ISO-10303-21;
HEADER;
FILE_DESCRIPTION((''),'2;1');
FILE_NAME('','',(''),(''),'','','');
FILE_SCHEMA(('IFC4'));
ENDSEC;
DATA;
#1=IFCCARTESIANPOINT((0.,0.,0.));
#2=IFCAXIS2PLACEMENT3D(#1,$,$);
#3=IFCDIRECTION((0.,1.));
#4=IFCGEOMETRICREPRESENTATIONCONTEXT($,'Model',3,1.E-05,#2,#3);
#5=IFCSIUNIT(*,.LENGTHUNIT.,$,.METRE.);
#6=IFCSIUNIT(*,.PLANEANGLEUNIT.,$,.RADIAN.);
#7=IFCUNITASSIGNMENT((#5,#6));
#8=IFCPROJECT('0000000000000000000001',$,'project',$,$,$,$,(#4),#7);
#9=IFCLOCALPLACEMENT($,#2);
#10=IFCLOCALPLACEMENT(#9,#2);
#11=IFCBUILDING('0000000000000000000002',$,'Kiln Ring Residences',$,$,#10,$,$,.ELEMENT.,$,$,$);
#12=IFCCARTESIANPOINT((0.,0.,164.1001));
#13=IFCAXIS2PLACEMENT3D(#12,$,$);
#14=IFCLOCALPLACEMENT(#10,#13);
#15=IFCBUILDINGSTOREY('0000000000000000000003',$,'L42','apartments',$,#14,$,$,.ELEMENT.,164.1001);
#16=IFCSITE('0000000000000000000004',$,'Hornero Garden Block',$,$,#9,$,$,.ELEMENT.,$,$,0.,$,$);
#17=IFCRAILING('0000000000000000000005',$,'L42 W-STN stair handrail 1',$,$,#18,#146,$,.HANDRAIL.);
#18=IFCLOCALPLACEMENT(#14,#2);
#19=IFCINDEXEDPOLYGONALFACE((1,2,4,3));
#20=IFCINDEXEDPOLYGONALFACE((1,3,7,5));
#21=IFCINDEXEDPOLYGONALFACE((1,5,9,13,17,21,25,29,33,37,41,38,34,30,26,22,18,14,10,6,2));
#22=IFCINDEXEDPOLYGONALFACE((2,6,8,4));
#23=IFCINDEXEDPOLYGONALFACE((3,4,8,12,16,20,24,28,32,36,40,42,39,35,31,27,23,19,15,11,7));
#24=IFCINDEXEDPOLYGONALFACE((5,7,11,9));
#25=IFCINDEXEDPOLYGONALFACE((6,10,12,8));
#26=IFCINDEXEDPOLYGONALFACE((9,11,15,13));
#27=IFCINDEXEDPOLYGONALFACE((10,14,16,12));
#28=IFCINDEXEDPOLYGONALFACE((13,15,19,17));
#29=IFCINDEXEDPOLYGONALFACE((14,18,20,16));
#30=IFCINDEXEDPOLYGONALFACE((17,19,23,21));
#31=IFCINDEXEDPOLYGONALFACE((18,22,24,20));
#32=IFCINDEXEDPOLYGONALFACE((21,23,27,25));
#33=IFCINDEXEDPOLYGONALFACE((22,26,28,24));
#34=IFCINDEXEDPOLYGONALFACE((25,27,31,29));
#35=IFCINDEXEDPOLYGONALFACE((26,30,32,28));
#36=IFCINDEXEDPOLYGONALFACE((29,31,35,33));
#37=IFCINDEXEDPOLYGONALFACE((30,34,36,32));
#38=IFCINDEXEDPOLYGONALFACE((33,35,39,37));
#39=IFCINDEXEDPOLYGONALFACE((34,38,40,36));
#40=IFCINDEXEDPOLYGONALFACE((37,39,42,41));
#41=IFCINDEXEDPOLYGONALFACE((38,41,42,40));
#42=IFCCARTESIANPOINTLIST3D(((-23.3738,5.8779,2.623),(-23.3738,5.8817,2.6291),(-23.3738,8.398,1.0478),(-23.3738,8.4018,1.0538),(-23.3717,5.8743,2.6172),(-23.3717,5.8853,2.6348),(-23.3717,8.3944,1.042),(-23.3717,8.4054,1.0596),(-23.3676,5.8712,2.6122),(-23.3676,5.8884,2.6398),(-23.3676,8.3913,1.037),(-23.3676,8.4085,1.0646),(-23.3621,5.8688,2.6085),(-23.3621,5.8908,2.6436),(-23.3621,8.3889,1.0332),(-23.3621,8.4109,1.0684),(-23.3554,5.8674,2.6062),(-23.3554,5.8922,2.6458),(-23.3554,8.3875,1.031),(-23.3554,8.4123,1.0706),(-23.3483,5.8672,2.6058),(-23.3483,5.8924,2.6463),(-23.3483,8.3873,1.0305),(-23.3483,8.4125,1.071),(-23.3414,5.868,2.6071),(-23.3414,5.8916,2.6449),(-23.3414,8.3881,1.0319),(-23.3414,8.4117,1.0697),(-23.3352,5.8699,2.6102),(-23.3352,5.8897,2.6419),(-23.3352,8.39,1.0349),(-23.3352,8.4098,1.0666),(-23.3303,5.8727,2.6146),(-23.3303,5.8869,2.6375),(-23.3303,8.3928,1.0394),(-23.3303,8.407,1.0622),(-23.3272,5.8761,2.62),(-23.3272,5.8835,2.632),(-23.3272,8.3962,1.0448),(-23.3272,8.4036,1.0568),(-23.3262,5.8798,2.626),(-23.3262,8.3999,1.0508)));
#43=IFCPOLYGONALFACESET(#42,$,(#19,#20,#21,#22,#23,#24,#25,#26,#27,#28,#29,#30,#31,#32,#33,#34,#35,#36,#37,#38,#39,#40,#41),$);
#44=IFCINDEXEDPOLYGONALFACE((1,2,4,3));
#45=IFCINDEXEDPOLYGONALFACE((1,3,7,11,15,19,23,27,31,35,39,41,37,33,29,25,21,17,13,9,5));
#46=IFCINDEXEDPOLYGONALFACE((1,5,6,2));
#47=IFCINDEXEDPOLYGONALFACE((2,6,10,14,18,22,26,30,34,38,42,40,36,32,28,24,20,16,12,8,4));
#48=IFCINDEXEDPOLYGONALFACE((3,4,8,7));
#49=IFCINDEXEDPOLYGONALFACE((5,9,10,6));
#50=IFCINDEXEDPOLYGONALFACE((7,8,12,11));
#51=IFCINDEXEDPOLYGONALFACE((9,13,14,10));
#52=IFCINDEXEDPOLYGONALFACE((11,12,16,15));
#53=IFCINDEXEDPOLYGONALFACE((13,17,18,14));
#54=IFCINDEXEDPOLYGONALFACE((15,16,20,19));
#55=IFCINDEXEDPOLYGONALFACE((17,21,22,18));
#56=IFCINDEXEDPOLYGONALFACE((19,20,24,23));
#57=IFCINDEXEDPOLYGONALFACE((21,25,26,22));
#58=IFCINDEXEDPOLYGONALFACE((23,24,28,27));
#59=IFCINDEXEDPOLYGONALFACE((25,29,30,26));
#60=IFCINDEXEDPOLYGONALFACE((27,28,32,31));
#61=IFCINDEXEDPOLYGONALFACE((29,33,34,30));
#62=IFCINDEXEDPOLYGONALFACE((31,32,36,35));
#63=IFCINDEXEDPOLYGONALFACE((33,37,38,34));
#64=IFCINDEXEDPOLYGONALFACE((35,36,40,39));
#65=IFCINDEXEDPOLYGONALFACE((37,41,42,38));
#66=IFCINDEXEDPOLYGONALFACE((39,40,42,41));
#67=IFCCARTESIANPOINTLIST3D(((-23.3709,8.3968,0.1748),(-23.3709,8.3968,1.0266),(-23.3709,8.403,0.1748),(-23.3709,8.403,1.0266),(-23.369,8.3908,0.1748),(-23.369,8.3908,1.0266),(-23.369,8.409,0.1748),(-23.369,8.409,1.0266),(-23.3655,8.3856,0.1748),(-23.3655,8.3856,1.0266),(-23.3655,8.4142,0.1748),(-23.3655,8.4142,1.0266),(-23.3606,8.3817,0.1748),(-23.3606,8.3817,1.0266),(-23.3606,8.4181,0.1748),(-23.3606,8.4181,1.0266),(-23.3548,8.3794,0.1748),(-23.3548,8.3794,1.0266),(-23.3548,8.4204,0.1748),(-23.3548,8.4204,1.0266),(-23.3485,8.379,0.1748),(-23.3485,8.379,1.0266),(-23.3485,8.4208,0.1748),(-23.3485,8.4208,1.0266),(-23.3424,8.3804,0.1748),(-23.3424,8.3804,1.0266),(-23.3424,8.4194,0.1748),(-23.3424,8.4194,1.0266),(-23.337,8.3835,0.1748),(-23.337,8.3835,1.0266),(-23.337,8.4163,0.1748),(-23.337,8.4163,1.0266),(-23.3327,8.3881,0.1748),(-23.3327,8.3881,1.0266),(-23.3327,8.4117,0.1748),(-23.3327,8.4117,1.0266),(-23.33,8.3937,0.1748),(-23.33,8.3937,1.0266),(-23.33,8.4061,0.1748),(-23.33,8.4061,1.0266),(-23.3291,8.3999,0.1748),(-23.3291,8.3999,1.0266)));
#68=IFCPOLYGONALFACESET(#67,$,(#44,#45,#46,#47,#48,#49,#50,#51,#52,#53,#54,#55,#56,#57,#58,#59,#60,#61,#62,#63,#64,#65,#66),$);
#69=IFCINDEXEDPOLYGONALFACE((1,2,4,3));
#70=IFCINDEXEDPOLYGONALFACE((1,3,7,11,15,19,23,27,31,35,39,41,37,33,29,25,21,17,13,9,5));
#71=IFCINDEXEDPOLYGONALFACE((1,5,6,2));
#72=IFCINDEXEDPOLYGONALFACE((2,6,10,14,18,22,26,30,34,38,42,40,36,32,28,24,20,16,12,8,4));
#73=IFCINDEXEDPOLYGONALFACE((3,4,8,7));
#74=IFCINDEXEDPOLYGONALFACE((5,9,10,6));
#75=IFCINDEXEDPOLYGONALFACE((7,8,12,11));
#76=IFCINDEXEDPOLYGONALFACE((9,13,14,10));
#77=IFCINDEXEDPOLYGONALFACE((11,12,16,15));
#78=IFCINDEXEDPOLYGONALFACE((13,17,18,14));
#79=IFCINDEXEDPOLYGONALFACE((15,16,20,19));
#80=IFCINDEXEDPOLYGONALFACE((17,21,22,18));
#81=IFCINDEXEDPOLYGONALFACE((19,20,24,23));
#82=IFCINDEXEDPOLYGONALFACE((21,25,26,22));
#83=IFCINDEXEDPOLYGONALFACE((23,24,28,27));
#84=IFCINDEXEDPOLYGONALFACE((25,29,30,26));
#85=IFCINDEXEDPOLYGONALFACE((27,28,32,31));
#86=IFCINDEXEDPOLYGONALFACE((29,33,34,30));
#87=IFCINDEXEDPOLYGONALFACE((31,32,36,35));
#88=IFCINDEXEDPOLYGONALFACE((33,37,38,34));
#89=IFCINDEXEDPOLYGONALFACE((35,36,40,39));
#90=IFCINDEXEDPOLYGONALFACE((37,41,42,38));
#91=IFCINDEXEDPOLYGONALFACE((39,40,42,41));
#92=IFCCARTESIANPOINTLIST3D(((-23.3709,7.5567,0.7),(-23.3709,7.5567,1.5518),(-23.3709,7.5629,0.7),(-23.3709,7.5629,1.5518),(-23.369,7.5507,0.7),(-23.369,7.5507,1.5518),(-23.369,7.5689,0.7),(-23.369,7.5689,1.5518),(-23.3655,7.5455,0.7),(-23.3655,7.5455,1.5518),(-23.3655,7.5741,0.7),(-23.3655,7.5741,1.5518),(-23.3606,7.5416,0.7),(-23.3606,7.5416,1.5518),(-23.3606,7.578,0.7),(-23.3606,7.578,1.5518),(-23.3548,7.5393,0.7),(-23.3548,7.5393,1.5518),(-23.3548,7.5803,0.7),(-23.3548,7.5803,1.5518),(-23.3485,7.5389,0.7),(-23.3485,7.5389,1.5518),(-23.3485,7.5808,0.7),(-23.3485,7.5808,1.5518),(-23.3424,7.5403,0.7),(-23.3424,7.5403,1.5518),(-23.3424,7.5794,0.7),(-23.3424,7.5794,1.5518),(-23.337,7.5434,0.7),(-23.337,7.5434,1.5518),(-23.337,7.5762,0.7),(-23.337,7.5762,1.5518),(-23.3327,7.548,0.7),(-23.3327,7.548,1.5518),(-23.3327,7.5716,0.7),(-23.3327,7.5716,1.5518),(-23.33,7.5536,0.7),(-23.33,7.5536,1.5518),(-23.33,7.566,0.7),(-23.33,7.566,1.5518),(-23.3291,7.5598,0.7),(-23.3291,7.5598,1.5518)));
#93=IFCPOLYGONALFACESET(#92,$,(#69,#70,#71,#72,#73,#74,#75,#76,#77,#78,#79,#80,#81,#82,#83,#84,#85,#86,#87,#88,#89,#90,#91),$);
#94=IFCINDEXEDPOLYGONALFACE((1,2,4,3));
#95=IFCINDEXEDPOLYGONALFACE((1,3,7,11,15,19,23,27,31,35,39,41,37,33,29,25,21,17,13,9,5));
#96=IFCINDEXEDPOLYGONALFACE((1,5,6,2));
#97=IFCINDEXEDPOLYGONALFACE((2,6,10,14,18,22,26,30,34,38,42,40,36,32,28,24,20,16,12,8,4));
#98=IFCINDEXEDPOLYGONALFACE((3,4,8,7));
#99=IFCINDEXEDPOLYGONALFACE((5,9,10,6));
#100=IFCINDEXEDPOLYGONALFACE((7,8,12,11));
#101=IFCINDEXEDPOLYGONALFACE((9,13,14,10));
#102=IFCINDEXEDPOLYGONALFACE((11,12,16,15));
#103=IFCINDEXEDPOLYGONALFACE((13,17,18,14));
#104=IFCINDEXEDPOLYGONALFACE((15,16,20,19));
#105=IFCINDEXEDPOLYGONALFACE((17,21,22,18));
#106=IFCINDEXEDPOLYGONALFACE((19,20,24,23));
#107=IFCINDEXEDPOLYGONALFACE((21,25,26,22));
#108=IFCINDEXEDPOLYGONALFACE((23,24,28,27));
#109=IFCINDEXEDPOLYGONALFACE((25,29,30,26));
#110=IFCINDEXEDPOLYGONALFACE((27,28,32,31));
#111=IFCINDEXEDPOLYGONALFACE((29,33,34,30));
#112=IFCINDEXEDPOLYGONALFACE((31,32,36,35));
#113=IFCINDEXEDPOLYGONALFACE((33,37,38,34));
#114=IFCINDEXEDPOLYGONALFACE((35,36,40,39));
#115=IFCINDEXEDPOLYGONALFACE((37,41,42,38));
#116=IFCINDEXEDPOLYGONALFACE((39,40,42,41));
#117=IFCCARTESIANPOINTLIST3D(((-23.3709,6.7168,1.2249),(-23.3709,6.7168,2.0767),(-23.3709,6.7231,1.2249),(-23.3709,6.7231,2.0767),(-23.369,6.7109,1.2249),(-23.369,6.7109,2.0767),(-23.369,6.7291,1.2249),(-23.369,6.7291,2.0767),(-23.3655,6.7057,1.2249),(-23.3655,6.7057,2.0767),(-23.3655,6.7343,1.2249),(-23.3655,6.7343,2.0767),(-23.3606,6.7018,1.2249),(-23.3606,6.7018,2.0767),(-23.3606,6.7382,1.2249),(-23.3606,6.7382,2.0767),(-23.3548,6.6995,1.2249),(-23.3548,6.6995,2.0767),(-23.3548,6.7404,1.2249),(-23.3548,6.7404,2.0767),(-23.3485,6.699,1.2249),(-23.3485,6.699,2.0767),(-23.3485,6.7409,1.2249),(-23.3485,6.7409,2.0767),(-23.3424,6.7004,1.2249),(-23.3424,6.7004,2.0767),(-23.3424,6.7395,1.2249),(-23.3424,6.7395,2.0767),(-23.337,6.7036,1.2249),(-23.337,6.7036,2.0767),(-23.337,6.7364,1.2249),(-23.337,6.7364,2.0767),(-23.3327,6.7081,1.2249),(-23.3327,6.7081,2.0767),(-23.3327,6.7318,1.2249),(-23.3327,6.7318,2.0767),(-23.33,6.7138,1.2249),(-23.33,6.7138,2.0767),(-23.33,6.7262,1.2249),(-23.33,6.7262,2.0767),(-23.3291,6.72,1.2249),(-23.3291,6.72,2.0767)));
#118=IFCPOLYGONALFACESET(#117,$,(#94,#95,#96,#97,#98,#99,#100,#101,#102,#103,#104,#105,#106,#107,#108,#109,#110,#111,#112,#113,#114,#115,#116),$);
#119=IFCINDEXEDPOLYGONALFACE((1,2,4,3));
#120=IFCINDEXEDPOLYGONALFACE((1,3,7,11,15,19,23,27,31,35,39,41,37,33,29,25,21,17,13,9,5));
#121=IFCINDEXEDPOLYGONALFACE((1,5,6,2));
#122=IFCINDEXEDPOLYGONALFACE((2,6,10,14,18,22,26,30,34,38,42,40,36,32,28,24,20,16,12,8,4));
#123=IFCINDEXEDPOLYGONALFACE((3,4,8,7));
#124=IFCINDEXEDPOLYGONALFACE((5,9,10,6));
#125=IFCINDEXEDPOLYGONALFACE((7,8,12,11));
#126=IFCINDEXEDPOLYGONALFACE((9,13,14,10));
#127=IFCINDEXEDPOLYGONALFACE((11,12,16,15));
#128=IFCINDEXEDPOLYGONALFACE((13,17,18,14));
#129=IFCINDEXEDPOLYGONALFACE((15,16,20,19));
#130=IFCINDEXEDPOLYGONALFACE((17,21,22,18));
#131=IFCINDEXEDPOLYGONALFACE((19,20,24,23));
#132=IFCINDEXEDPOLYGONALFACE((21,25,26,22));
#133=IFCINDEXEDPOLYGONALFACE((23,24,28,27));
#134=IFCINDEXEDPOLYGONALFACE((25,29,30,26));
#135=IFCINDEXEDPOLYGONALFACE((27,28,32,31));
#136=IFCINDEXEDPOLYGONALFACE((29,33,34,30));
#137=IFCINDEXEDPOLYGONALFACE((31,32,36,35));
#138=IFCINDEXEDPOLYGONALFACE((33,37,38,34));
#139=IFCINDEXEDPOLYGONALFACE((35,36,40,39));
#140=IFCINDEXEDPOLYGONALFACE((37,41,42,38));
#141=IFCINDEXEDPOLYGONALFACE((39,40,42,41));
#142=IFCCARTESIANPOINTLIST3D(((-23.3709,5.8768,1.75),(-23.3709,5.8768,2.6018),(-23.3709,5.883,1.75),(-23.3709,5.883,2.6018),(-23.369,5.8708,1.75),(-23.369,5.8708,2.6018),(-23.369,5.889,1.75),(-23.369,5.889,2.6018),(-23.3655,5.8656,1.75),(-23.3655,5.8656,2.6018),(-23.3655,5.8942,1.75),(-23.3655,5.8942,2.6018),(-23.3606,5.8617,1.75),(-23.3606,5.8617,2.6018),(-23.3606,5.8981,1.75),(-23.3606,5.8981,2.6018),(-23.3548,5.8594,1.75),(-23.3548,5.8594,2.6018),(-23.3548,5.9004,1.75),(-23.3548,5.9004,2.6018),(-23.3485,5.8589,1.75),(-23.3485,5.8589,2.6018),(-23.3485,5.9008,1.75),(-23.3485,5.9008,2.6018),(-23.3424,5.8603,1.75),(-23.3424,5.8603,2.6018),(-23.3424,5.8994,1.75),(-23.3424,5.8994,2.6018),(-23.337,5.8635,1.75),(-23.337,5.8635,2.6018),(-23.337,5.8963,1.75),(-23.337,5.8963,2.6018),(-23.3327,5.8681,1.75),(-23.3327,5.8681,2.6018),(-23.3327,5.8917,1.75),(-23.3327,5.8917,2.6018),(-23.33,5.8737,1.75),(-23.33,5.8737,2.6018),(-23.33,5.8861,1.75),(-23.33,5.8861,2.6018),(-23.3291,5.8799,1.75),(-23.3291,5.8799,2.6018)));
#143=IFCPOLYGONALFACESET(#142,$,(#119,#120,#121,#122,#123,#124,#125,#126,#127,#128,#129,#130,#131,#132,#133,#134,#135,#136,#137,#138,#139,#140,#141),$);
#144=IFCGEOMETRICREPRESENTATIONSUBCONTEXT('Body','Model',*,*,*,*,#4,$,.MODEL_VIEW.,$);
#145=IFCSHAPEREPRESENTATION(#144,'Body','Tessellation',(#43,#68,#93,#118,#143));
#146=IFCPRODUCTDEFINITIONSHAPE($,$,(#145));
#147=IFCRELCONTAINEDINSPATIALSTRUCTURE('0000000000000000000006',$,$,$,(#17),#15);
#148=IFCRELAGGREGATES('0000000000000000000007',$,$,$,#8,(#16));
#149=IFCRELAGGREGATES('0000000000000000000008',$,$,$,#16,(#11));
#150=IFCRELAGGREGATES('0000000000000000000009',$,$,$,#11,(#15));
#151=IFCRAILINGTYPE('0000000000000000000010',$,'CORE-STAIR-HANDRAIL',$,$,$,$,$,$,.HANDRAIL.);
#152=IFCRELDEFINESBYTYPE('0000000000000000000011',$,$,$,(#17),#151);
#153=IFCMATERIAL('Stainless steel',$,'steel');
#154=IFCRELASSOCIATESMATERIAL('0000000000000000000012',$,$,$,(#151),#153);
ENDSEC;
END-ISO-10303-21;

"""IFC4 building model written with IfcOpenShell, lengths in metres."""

from ifc_helpers import new_model, si_unit, direction, frame, origin, origin_2d, place, context, subcontext, project, spatial, circle, extrude, material, type_object, element, save


model = new_model("IFC4")

# Units and contexts
model_context = context("Model", 3, precision=1e-05, world=origin(), true_north=direction((0.0, 1.0)))
body_context = subcontext(model_context, "Body", "Model", "MODEL_VIEW")
ifc_project = project(units=[si_unit("LENGTHUNIT", "METRE"), si_unit("PLANEANGLEUNIT", "RADIAN")], contexts=[model_context])

# Site, building, storey
site_placement = place(None, origin())
site = spatial("IfcSite", under=ifc_project, at=site_placement, Name="Hornero Garden Block", CompositionType="ELEMENT", RefElevation=0.0)
building_placement = place(site_placement, origin())
building = spatial("IfcBuilding", under=site, at=building_placement, Name="Kiln Ring Residences", CompositionType="ELEMENT")
storey_placement = place(building_placement, frame((0.0, 0.0, 164.1001)))
storey = spatial("IfcBuildingStorey", under=building, at=storey_placement, Name="L42", Description="apartments", CompositionType="ELEMENT", Elevation=164.1001)

# Railing
ifc_material_1 = material(Name="Stainless steel", Category="steel")
railing_type_1 = type_object("IfcRailingType", Name="CORE-STAIR-HANDRAIL", PredefinedType="HANDRAIL", material=ifc_material_1)
railing_1_placement = place(storey_placement, frame((-23.3501, 8.3999, 0.1748)))
element("IfcRailing", 1, at=railing_1_placement, inside=storey, type_object=railing_type_1, Name="L42 W-STN stair handrail 1", PredefinedType="HANDRAIL", context=body_context, shape_type="SweptSolid", body=[
    extrude(circle(Radius=0.0239, at=origin_2d()), frame((0.0, 0.0, 0.876), z_axis=(0.0, -0.847971, 0.530043), x_axis=(1.0, 0.0, 0.0)), (0.0, 0.0, 1.0), 2.9719),
    extrude(circle(Radius=0.021, at=origin_2d()), origin(), (0.0, 0.0, 1.0), 0.8518),
    extrude(circle(Radius=0.021, at=origin_2d()), frame((0.0, -0.8401, 0.5251)), (0.0, 0.0, 1.0), 0.8518),
    extrude(circle(Radius=0.021, at=origin_2d()), frame((0.0, -1.6799, 1.05)), (0.0, 0.0, 1.0), 0.8518),
    extrude(circle(Radius=0.021, at=origin_2d()), frame((0.0, -2.52, 1.5752)), (0.0, 0.0, 1.0), 0.8518),
])

save(model, "model.ifc")
